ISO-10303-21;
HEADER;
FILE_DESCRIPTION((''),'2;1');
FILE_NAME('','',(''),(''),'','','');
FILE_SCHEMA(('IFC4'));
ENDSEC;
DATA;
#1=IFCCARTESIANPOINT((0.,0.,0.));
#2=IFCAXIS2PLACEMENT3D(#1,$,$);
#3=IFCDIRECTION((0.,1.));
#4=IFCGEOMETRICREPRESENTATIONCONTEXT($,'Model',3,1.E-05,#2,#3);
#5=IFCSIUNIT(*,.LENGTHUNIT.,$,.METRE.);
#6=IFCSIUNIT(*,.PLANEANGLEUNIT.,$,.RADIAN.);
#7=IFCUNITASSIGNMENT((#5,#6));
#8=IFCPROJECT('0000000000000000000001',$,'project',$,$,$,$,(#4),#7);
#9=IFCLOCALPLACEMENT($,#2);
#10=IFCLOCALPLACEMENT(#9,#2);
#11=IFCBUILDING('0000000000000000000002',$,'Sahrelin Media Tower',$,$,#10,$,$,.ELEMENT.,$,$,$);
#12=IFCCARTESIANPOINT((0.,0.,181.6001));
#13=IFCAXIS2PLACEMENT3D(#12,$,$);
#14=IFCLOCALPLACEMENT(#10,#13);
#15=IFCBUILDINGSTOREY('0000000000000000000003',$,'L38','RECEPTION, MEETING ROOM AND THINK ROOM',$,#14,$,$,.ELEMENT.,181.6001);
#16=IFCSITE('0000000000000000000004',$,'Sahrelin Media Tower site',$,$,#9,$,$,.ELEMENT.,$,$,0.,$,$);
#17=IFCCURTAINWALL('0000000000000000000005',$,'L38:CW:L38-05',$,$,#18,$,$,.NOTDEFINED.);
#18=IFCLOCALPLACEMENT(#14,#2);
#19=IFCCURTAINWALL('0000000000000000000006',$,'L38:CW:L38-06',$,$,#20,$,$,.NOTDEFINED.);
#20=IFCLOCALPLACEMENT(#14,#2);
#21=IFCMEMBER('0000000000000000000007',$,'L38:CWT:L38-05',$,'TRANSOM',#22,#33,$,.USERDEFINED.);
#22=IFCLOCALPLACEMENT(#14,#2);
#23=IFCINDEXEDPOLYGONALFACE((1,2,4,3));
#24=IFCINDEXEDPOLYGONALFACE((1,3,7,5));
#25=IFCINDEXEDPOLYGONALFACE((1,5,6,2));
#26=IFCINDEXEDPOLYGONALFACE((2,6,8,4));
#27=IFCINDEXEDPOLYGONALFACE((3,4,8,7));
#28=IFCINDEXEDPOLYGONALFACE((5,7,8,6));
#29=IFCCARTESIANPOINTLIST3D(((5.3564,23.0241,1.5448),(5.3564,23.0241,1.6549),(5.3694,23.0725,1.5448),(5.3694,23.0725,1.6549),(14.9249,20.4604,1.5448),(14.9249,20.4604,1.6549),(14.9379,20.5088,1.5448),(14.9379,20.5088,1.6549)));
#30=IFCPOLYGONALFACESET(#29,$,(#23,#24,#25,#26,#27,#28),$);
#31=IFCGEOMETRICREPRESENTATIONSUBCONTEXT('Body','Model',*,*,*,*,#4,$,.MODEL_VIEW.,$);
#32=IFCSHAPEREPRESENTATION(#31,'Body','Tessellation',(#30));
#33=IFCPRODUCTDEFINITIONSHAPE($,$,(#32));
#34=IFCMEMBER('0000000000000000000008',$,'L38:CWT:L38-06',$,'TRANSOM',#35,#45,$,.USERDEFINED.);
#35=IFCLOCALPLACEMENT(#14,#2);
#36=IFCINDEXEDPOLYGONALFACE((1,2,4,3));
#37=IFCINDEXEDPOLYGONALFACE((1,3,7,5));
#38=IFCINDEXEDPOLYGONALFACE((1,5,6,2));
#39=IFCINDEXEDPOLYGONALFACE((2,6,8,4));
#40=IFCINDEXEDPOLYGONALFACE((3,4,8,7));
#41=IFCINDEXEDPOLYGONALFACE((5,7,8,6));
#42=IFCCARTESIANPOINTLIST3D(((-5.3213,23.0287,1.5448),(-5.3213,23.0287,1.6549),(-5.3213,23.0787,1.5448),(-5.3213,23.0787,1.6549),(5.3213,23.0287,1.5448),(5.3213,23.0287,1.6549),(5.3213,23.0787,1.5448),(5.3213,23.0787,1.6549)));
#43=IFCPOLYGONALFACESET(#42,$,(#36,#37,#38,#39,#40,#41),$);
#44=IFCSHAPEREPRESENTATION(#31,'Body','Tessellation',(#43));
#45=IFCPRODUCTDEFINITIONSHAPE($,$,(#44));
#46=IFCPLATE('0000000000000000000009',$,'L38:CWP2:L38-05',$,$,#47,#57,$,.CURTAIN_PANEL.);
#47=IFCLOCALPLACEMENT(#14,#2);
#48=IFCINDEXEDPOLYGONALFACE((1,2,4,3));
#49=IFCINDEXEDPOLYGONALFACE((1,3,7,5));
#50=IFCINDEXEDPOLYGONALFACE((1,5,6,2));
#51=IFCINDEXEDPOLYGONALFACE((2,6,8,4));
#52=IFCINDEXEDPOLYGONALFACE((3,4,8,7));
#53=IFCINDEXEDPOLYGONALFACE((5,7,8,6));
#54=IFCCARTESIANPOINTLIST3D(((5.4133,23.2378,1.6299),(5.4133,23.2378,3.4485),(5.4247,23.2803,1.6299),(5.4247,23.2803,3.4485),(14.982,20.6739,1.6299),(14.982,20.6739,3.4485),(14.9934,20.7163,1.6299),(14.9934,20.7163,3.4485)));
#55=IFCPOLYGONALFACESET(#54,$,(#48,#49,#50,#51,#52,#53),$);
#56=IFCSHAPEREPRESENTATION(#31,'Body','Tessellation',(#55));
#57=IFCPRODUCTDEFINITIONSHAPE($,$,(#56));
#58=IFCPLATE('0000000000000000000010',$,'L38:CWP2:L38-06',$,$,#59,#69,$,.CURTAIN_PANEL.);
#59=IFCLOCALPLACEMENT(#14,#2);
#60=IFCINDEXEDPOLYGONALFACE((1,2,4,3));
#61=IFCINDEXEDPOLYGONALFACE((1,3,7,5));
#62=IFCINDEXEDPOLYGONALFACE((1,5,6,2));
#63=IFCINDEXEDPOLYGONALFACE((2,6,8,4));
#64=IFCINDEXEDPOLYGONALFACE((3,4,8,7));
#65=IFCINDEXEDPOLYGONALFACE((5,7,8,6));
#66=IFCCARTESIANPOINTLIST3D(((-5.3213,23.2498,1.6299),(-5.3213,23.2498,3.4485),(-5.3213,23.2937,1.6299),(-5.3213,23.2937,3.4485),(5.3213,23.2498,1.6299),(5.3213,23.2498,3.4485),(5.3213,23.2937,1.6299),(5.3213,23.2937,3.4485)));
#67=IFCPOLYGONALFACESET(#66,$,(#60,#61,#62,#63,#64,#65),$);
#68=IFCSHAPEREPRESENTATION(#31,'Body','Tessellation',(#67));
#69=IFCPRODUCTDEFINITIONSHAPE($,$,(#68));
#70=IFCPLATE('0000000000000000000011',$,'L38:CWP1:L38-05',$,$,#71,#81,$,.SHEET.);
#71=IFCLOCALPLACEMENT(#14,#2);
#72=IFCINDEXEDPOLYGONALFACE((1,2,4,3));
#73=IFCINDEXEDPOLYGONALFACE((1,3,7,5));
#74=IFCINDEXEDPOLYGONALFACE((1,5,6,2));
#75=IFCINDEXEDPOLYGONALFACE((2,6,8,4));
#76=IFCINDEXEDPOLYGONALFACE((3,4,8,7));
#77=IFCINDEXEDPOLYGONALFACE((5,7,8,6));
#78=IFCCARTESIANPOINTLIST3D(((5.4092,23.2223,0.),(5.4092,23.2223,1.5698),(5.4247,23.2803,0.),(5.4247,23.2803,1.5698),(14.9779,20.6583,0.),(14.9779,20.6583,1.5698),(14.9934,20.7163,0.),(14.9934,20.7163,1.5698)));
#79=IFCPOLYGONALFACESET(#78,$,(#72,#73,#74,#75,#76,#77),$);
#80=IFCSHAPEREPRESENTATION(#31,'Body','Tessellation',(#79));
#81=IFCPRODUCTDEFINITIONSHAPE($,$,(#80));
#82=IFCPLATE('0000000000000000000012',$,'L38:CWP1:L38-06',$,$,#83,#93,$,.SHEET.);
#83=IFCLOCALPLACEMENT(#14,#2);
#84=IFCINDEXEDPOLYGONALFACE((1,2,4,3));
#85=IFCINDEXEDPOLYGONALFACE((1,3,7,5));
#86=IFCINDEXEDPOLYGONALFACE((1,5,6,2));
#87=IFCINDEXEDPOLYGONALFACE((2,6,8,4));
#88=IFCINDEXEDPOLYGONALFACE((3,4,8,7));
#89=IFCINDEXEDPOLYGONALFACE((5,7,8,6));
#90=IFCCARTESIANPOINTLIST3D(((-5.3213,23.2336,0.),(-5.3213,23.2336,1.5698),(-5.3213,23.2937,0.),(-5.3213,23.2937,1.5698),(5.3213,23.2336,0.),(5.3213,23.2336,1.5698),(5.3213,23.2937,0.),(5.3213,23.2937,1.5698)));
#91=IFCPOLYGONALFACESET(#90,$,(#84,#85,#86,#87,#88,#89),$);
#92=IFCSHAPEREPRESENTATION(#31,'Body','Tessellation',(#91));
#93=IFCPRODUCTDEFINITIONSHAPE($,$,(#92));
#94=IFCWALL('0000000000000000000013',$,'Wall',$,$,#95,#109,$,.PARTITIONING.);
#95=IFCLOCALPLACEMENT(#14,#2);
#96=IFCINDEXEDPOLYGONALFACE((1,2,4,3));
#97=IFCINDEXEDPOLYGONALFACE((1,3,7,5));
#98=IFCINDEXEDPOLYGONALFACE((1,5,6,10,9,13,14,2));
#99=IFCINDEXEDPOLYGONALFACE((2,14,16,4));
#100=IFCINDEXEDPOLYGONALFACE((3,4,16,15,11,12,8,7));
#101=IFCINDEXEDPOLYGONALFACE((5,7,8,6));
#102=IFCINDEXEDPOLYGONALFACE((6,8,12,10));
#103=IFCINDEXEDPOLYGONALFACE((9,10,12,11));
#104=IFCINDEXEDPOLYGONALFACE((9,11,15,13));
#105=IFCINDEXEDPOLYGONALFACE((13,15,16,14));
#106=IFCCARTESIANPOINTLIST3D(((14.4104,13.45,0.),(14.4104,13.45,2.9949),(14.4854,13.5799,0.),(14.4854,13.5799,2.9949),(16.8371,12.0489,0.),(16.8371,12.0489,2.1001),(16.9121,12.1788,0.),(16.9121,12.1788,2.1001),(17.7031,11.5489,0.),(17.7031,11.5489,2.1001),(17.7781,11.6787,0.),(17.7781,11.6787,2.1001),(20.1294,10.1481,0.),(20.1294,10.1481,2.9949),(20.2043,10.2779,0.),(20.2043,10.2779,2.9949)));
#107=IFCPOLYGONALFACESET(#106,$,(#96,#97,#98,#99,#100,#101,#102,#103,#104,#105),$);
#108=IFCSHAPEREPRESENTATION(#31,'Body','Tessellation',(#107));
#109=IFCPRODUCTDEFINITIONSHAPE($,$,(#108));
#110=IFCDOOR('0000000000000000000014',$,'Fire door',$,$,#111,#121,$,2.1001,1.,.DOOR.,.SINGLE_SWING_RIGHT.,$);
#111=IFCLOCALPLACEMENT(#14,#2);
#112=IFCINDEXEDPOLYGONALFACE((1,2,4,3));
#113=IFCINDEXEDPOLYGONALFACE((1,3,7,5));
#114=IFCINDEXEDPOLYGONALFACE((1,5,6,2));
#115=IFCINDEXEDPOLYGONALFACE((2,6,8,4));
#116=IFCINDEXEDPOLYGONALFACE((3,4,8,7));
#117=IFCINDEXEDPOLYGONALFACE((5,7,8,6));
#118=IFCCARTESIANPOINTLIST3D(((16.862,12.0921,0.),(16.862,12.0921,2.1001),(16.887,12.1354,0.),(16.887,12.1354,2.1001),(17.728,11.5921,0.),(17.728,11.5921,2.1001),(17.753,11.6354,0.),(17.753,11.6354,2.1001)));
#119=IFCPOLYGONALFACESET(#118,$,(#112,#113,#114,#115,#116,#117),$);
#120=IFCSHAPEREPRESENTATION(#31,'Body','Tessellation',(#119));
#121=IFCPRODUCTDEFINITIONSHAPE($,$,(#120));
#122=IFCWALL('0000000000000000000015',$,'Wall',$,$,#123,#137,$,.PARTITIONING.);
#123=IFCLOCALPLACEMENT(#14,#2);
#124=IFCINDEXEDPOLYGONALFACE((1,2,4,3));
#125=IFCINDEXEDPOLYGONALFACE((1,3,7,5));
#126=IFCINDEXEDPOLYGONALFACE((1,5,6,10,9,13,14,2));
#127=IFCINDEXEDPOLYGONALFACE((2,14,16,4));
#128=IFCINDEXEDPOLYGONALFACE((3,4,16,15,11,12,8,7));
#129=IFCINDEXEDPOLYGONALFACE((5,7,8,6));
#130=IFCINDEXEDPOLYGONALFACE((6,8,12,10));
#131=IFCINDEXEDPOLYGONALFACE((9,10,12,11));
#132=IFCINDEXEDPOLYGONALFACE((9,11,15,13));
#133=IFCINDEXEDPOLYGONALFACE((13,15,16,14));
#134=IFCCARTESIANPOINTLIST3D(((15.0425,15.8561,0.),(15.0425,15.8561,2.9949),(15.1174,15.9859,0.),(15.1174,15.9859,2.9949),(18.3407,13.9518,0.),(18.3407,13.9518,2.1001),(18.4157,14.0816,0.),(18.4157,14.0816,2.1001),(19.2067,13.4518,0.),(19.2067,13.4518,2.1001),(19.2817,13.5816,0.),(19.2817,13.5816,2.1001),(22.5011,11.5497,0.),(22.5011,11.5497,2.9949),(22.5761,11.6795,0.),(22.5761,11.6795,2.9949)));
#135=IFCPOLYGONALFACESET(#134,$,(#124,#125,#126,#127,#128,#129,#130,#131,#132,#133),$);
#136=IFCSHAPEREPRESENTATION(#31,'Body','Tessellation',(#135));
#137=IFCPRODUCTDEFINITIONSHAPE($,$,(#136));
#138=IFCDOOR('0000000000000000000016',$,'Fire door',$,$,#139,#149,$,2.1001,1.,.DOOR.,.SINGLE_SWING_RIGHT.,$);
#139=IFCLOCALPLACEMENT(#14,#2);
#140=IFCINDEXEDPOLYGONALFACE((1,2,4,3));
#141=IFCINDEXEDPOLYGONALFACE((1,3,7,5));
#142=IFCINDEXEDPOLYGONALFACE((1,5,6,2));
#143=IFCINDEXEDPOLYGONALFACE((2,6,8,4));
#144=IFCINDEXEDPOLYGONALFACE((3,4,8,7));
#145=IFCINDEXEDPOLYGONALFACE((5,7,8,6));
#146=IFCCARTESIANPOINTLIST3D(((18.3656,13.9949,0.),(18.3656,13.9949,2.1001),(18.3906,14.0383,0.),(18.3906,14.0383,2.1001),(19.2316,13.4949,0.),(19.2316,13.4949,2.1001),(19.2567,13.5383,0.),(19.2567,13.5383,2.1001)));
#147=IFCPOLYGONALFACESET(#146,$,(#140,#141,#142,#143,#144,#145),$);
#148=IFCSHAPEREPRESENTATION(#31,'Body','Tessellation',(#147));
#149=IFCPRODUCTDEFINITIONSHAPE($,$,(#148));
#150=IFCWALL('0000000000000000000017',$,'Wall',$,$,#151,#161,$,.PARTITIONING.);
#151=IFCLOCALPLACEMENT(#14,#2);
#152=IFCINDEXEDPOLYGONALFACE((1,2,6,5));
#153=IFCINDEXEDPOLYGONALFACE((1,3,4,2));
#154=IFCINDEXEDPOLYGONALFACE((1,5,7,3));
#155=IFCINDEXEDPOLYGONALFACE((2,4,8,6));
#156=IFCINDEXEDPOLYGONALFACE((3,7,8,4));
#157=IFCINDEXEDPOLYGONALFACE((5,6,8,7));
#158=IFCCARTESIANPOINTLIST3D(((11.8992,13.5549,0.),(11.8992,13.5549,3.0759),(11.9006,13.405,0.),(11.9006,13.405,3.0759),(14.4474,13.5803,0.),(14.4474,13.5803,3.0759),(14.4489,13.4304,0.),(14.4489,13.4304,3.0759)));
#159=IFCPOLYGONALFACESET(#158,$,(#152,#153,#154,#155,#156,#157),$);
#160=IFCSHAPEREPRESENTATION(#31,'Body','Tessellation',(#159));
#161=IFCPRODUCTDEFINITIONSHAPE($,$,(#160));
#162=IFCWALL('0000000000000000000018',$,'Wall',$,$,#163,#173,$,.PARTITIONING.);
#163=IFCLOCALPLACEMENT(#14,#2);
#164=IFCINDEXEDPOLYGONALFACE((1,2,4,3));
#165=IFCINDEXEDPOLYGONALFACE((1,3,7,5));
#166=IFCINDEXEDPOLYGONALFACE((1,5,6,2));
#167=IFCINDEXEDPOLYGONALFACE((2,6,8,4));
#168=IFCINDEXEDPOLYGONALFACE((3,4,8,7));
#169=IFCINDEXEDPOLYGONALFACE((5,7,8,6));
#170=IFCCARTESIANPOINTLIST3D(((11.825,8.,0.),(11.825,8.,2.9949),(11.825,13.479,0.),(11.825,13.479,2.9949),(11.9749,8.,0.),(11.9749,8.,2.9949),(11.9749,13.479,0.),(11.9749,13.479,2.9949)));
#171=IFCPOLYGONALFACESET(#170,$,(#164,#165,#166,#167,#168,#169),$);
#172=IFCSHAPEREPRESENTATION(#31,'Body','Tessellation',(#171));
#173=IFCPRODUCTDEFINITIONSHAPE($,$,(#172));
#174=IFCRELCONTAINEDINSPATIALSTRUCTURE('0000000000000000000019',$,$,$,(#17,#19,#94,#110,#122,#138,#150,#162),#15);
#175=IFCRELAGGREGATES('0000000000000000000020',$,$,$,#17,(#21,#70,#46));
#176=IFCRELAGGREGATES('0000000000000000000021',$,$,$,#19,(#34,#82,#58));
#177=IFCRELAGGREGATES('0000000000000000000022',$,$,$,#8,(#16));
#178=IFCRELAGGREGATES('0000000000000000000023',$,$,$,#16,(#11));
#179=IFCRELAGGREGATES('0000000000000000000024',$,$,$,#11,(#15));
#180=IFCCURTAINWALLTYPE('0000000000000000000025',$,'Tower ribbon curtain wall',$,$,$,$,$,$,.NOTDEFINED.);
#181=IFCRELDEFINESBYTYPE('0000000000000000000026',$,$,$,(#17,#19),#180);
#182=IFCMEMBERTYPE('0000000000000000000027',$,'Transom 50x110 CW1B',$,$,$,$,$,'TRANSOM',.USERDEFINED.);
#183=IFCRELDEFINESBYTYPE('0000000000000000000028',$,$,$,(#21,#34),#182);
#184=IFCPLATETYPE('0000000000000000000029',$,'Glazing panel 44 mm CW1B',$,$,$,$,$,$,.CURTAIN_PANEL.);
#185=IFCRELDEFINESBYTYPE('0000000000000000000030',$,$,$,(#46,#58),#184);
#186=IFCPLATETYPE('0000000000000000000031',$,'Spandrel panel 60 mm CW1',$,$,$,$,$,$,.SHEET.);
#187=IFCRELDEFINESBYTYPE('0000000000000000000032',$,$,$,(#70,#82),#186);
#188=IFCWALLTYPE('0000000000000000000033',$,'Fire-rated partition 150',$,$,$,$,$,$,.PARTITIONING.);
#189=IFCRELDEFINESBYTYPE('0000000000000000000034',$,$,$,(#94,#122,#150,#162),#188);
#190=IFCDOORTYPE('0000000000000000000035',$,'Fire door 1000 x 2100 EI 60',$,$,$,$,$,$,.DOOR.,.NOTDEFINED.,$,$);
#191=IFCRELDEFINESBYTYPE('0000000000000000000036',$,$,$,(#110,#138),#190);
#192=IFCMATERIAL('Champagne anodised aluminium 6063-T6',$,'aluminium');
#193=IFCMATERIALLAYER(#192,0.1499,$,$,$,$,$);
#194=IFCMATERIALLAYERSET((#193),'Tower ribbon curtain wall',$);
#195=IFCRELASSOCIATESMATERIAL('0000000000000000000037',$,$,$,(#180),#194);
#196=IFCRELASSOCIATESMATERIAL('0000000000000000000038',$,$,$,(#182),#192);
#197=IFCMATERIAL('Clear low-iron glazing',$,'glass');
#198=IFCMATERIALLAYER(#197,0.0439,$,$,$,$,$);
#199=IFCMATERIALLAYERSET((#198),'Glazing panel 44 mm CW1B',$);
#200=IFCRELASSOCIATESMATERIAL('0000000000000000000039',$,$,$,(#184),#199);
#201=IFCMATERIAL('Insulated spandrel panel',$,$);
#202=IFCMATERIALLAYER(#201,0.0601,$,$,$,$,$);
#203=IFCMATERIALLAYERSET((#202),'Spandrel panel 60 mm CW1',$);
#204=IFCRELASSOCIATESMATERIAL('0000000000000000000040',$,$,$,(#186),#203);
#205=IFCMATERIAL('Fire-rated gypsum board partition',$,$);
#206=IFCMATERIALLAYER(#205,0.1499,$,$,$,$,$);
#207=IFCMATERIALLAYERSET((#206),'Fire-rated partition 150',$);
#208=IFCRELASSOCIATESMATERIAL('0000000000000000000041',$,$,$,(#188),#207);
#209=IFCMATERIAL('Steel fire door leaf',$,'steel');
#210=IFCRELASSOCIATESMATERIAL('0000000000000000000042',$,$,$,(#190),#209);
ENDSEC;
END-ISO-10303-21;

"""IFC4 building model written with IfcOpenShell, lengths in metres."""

from ifc_helpers import new_model, si_unit, direction, frame, frame_2d, origin, origin_2d, place, context, subcontext, project, spatial, polyline, rectangle, outline, extrude, material, layer, layer_set, material_profile, profile_set, type_object, element, fill, aggregate, save


model = new_model("IFC4")

# Units and contexts
model_context = context("Model", 3, precision=1e-05, world=origin(), true_north=direction((0.0, 1.0)))
body_context = subcontext(model_context, "Body", "Model", "MODEL_VIEW")
ifc_project = project(units=[si_unit("LENGTHUNIT", "METRE"), si_unit("PLANEANGLEUNIT", "RADIAN")], contexts=[model_context])

# Site, building, storey
site_placement = place(None, origin())
site = spatial("IfcSite", under=ifc_project, at=site_placement, Name="Sahrelin Media Tower site", CompositionType="ELEMENT", RefElevation=0.0)
building_placement = place(site_placement, origin())
building = spatial("IfcBuilding", under=site, at=building_placement, Name="Sahrelin Media Tower", CompositionType="ELEMENT")
storey_placement = place(building_placement, frame((0.0, 0.0, 181.6001)))
storey = spatial("IfcBuildingStorey", under=building, at=storey_placement, Name="L38", Description="RECEPTION, MEETING ROOM AND THINK ROOM", CompositionType="ELEMENT", Elevation=181.6001)

# Curtain walls
ifc_material_1 = material(Name="Champagne anodised aluminium 6063-T6", Category="aluminium")
ifc_layer_1 = layer(ifc_material_1, 0.1499)
ifc_layer_set_1 = layer_set([ifc_layer_1], Name="Tower ribbon curtain wall")
curtain_wall_type = type_object("IfcCurtainWallType", Name="Tower ribbon curtain wall", PredefinedType="NOTDEFINED", material=ifc_layer_set_1)
curtain_wall_1_placement = place(storey_placement, frame((10.2039, 21.979, 0.0), z_axis=(0.0, 0.0, 1.0), x_axis=(1.0, 0.0, 0.0)))
curtain_wall_1 = element("IfcCurtainWall", 1, at=curtain_wall_1_placement, inside=storey, type_object=curtain_wall_type, Name="L38:CW:L38-05", PredefinedType="NOTDEFINED")
placement_1 = place(storey_placement, frame((0.0, 23.2737, 0.0), z_axis=(0.0, 0.0, 1.0), x_axis=(1.0, 0.0, 0.0)))
curtain_wall_2 = element("IfcCurtainWall", 2, at=placement_1, inside=storey, type_object=curtain_wall_type, Name="L38:CW:L38-06", PredefinedType="NOTDEFINED")

# Members
ifc_material_profile_1 = material_profile(ifc_material_1, rectangle(XDim=0.05, YDim=0.1101, at=origin_2d()), Name="Transom 50x110")
ifc_profile_set_1 = profile_set([ifc_material_profile_1], Name="Champagne anodised aluminium 6063-T6")
member_type_1 = type_object("IfcMemberType", Name="Transom 50x110 CW1B", ElementType="TRANSOM", PredefinedType="USERDEFINED", material=ifc_profile_set_1)
member_1_placement = place(storey_placement, frame((14.9314, 20.4846, 1.5999), z_axis=(-0.96593, 0.258802, 0.0), x_axis=(-0.258802, -0.96593, 0.0)))
member_1 = element("IfcMember", 3, at=member_1_placement, type_object=member_type_1, Name="L38:CWT:L38-05", ObjectType="TRANSOM", PredefinedType="USERDEFINED", context=body_context, shape_type="SweptSolid", body=[
    extrude(rectangle(XDim=0.05, YDim=0.1101, at=origin_2d()), origin(), (0.0, 0.0, 1.0), 9.906),
])
member_2_placement = place(storey_placement, frame((5.3213, 23.0537, 1.5999), z_axis=(-1.0, 0.0, 0.0), x_axis=(0.0, -1.0, 0.0)))
member_2 = element("IfcMember", 4, at=member_2_placement, type_object=member_type_1, Name="L38:CWT:L38-06", ObjectType="TRANSOM", PredefinedType="USERDEFINED", context=body_context, shape_type="SweptSolid", body=[
    extrude(rectangle(XDim=0.05, YDim=0.1101, at=origin_2d()), origin(), (0.0, 0.0, 1.0), 10.6426),
])

# Plates
ifc_material_2 = material(Name="Clear low-iron glazing", Category="glass")
ifc_layer_2 = layer(ifc_material_2, 0.0439)
ifc_layer_set_2 = layer_set([ifc_layer_2], Name="Glazing panel 44 mm CW1B")
plate_type_1 = type_object("IfcPlateType", Name="Glazing panel 44 mm CW1B", PredefinedType="CURTAIN_PANEL", material=ifc_layer_set_2)
plate_1_placement = place(storey_placement, frame((14.9934, 20.7163, 1.6299), z_axis=(0.258825, 0.965924, 0.0), x_axis=(-0.965924, 0.258825, 0.0)))
plate_1 = element("IfcPlate", 5, at=plate_1_placement, type_object=plate_type_1, Name="L38:CWP2:L38-05", PredefinedType="CURTAIN_PANEL", context=body_context, shape_type="SweptSolid", body=[
    extrude(outline(polyline([(0.0, 0.0), (9.9062, 0.0), (9.9062, 1.8186), (0.0, 1.8186), (0.0, 0.0)])), origin(), (0.0, 0.0, -1.0), 0.0439),
])
plate_2_placement = place(storey_placement, frame((5.3213, 23.2937, 1.6299), z_axis=(0.0, 1.0, 0.0), x_axis=(-1.0, 0.0, 0.0)))
plate_2 = element("IfcPlate", 6, at=plate_2_placement, type_object=plate_type_1, Name="L38:CWP2:L38-06", PredefinedType="CURTAIN_PANEL", context=body_context, shape_type="SweptSolid", body=[
    extrude(outline(polyline([(0.0, 0.0), (10.6426, 0.0), (10.6426, 1.8186), (0.0, 1.8186), (0.0, 0.0)])), origin(), (0.0, 0.0, -1.0), 0.0439),
])
ifc_material_3 = material(Name="Insulated spandrel panel")
ifc_layer_3 = layer(ifc_material_3, 0.0601)
ifc_layer_set_3 = layer_set([ifc_layer_3], Name="Spandrel panel 60 mm CW1")
plate_type_2 = type_object("IfcPlateType", Name="Spandrel panel 60 mm CW1", PredefinedType="SHEET", material=ifc_layer_set_3)
plate_3_placement = place(storey_placement, frame((14.9934, 20.7163, 0.0), z_axis=(0.258825, 0.965924, 0.0), x_axis=(-0.965924, 0.258825, 0.0)))
plate_3 = element("IfcPlate", 7, at=plate_3_placement, type_object=plate_type_2, Name="L38:CWP1:L38-05", PredefinedType="SHEET", context=body_context, shape_type="SweptSolid", body=[
    extrude(outline(polyline([(0.0, 0.0), (9.9062, 0.0), (9.9062, 1.5698), (0.0, 1.5698), (0.0, 0.0)])), origin(), (0.0, 0.0, -1.0), 0.0601),
])
aggregate(curtain_wall_1, [member_1, plate_3, plate_1])
plate_4_placement = place(storey_placement, frame((5.3213, 23.2937, 0.0), z_axis=(0.0, 1.0, 0.0), x_axis=(-1.0, 0.0, 0.0)))
plate_4 = element("IfcPlate", 8, at=plate_4_placement, type_object=plate_type_2, Name="L38:CWP1:L38-06", PredefinedType="SHEET", context=body_context, shape_type="SweptSolid", body=[
    extrude(outline(polyline([(0.0, 0.0), (10.6426, 0.0), (10.6426, 1.5698), (0.0, 1.5698), (0.0, 0.0)])), origin(), (0.0, 0.0, -1.0), 0.0601),
])
aggregate(curtain_wall_2, [member_2, plate_4, plate_2])

# Walls, openings, doors
ifc_material_4 = material(Name="Fire-rated gypsum board partition")
ifc_layer_4 = layer(ifc_material_4, 0.1499)
ifc_layer_set_4 = layer_set([ifc_layer_4], Name="Fire-rated partition 150")
wall_type_1 = type_object("IfcWallType", Name="Fire-rated partition 150", PredefinedType="PARTITIONING", material=ifc_layer_set_4)
wall_1_placement = place(storey_placement, frame((14.448, 13.5149, 0.0), z_axis=(0.0, 0.0, 1.0), x_axis=(0.866016, -0.500016, 0.0)))
wall_1 = element("IfcWall", 9, at=wall_1_placement, inside=storey, type_object=wall_type_1, Name="Wall", PredefinedType="PARTITIONING", context=body_context, shape_type="SweptSolid", body=[
    extrude(rectangle(XDim=6.6038, YDim=0.1499, at=frame_2d((3.3018, 0.0))), origin(), (0.0, 0.0, 1.0), 2.9949),
])
opening_1_placement = place(wall_1_placement, frame((2.802, 0.0, 0.0)))
opening_1 = element("IfcOpeningElement", 10, at=opening_1_placement, cuts=wall_1, PredefinedType="OPENING", context=body_context, shape_type="SweptSolid", body=[
    extrude(rectangle(XDim=1.0, YDim=2.1001, at=frame_2d((0.5, 1.05))), frame((0.0, 0.075, 0.0), z_axis=(0.0, -1.0, 0.0), x_axis=(1.0, 0.0, 0.0)), (0.0, 0.0, 1.0), 0.1499),
])
ifc_material_5 = material(Name="Steel fire door leaf", Category="steel")
door_type = type_object("IfcDoorType", Name="Fire door 1000 x 2100 EI 60", OperationType="NOTDEFINED", PredefinedType="DOOR", material=ifc_material_5)
door_1_placement = place(opening_1_placement, origin())
door_1 = element("IfcDoor", 11, at=door_1_placement, inside=storey, type_object=door_type, Name="Fire door", OperationType="SINGLE_SWING_RIGHT", OverallHeight=2.1001, OverallWidth=1.0, PredefinedType="DOOR", context=body_context, shape_type="SweptSolid", body=[
    extrude(rectangle(XDim=1.0, YDim=2.1001, at=frame_2d((0.5, 1.05))), frame((0.0, 0.0249, 0.0), z_axis=(0.0, -1.0, 0.0), x_axis=(1.0, 0.0, 0.0)), (0.0, 0.0, 1.0), 0.05),
])
fill(opening_1, door_1)
wall_2_placement = place(storey_placement, frame((15.0801, 15.9209, 0.0), z_axis=(0.0, 0.0, 1.0), x_axis=(0.866021, -0.500008, 0.0)))
wall_2 = element("IfcWall", 12, at=wall_2_placement, inside=storey, type_object=wall_type_1, Name="Wall", PredefinedType="PARTITIONING", context=body_context, shape_type="SweptSolid", body=[
    extrude(rectangle(XDim=8.6125, YDim=0.1499, at=frame_2d((4.3062, 0.0))), origin(), (0.0, 0.0, 1.0), 2.9949),
])
opening_2_placement = place(wall_2_placement, frame((3.8083, 0.0, 0.0)))
opening_2 = element("IfcOpeningElement", 13, at=opening_2_placement, cuts=wall_2, PredefinedType="OPENING", context=body_context, shape_type="SweptSolid", body=[
    extrude(rectangle(XDim=1.0, YDim=2.1001, at=frame_2d((0.5, 1.05))), frame((0.0, 0.075, 0.0), z_axis=(0.0, -1.0, 0.0), x_axis=(1.0, 0.0, 0.0)), (0.0, 0.0, 1.0), 0.1499),
])
door_2_placement = place(opening_2_placement, origin())
door_2 = element("IfcDoor", 14, at=door_2_placement, inside=storey, type_object=door_type, Name="Fire door", OperationType="SINGLE_SWING_RIGHT", OverallHeight=2.1001, OverallWidth=1.0, PredefinedType="DOOR", context=body_context, shape_type="SweptSolid", body=[
    extrude(rectangle(XDim=1.0, YDim=2.1001, at=frame_2d((0.5, 1.05))), frame((0.0, 0.0249, 0.0), z_axis=(0.0, -1.0, 0.0), x_axis=(1.0, 0.0, 0.0)), (0.0, 0.0, 1.0), 0.05),
])
fill(opening_2, door_2)

# Walls
wall_3_placement = place(storey_placement, frame((11.8999, 13.48, 0.0), z_axis=(0.0, 0.0, 1.0), x_axis=(0.99995, 0.009964, 0.0)))
element("IfcWall", 15, at=wall_3_placement, inside=storey, type_object=wall_type_1, Name="Wall", PredefinedType="PARTITIONING", context=body_context, shape_type="SweptSolid", body=[
    extrude(rectangle(XDim=2.5483, YDim=0.1499, at=frame_2d((1.2742, 0.0))), origin(), (0.0, 0.0, 1.0), 3.0759),
])
wall_4_placement = place(storey_placement, frame((11.8999, 8.0, 0.0), z_axis=(0.0, 0.0, 1.0), x_axis=(0.0, 1.0, 0.0)))
element("IfcWall", 16, at=wall_4_placement, inside=storey, type_object=wall_type_1, Name="Wall", PredefinedType="PARTITIONING", context=body_context, shape_type="SweptSolid", body=[
    extrude(rectangle(XDim=5.479, YDim=0.1499, at=frame_2d((2.7395, 0.0))), origin(), (0.0, 0.0, 1.0), 2.9949),
])

save(model, "model.ifc")
